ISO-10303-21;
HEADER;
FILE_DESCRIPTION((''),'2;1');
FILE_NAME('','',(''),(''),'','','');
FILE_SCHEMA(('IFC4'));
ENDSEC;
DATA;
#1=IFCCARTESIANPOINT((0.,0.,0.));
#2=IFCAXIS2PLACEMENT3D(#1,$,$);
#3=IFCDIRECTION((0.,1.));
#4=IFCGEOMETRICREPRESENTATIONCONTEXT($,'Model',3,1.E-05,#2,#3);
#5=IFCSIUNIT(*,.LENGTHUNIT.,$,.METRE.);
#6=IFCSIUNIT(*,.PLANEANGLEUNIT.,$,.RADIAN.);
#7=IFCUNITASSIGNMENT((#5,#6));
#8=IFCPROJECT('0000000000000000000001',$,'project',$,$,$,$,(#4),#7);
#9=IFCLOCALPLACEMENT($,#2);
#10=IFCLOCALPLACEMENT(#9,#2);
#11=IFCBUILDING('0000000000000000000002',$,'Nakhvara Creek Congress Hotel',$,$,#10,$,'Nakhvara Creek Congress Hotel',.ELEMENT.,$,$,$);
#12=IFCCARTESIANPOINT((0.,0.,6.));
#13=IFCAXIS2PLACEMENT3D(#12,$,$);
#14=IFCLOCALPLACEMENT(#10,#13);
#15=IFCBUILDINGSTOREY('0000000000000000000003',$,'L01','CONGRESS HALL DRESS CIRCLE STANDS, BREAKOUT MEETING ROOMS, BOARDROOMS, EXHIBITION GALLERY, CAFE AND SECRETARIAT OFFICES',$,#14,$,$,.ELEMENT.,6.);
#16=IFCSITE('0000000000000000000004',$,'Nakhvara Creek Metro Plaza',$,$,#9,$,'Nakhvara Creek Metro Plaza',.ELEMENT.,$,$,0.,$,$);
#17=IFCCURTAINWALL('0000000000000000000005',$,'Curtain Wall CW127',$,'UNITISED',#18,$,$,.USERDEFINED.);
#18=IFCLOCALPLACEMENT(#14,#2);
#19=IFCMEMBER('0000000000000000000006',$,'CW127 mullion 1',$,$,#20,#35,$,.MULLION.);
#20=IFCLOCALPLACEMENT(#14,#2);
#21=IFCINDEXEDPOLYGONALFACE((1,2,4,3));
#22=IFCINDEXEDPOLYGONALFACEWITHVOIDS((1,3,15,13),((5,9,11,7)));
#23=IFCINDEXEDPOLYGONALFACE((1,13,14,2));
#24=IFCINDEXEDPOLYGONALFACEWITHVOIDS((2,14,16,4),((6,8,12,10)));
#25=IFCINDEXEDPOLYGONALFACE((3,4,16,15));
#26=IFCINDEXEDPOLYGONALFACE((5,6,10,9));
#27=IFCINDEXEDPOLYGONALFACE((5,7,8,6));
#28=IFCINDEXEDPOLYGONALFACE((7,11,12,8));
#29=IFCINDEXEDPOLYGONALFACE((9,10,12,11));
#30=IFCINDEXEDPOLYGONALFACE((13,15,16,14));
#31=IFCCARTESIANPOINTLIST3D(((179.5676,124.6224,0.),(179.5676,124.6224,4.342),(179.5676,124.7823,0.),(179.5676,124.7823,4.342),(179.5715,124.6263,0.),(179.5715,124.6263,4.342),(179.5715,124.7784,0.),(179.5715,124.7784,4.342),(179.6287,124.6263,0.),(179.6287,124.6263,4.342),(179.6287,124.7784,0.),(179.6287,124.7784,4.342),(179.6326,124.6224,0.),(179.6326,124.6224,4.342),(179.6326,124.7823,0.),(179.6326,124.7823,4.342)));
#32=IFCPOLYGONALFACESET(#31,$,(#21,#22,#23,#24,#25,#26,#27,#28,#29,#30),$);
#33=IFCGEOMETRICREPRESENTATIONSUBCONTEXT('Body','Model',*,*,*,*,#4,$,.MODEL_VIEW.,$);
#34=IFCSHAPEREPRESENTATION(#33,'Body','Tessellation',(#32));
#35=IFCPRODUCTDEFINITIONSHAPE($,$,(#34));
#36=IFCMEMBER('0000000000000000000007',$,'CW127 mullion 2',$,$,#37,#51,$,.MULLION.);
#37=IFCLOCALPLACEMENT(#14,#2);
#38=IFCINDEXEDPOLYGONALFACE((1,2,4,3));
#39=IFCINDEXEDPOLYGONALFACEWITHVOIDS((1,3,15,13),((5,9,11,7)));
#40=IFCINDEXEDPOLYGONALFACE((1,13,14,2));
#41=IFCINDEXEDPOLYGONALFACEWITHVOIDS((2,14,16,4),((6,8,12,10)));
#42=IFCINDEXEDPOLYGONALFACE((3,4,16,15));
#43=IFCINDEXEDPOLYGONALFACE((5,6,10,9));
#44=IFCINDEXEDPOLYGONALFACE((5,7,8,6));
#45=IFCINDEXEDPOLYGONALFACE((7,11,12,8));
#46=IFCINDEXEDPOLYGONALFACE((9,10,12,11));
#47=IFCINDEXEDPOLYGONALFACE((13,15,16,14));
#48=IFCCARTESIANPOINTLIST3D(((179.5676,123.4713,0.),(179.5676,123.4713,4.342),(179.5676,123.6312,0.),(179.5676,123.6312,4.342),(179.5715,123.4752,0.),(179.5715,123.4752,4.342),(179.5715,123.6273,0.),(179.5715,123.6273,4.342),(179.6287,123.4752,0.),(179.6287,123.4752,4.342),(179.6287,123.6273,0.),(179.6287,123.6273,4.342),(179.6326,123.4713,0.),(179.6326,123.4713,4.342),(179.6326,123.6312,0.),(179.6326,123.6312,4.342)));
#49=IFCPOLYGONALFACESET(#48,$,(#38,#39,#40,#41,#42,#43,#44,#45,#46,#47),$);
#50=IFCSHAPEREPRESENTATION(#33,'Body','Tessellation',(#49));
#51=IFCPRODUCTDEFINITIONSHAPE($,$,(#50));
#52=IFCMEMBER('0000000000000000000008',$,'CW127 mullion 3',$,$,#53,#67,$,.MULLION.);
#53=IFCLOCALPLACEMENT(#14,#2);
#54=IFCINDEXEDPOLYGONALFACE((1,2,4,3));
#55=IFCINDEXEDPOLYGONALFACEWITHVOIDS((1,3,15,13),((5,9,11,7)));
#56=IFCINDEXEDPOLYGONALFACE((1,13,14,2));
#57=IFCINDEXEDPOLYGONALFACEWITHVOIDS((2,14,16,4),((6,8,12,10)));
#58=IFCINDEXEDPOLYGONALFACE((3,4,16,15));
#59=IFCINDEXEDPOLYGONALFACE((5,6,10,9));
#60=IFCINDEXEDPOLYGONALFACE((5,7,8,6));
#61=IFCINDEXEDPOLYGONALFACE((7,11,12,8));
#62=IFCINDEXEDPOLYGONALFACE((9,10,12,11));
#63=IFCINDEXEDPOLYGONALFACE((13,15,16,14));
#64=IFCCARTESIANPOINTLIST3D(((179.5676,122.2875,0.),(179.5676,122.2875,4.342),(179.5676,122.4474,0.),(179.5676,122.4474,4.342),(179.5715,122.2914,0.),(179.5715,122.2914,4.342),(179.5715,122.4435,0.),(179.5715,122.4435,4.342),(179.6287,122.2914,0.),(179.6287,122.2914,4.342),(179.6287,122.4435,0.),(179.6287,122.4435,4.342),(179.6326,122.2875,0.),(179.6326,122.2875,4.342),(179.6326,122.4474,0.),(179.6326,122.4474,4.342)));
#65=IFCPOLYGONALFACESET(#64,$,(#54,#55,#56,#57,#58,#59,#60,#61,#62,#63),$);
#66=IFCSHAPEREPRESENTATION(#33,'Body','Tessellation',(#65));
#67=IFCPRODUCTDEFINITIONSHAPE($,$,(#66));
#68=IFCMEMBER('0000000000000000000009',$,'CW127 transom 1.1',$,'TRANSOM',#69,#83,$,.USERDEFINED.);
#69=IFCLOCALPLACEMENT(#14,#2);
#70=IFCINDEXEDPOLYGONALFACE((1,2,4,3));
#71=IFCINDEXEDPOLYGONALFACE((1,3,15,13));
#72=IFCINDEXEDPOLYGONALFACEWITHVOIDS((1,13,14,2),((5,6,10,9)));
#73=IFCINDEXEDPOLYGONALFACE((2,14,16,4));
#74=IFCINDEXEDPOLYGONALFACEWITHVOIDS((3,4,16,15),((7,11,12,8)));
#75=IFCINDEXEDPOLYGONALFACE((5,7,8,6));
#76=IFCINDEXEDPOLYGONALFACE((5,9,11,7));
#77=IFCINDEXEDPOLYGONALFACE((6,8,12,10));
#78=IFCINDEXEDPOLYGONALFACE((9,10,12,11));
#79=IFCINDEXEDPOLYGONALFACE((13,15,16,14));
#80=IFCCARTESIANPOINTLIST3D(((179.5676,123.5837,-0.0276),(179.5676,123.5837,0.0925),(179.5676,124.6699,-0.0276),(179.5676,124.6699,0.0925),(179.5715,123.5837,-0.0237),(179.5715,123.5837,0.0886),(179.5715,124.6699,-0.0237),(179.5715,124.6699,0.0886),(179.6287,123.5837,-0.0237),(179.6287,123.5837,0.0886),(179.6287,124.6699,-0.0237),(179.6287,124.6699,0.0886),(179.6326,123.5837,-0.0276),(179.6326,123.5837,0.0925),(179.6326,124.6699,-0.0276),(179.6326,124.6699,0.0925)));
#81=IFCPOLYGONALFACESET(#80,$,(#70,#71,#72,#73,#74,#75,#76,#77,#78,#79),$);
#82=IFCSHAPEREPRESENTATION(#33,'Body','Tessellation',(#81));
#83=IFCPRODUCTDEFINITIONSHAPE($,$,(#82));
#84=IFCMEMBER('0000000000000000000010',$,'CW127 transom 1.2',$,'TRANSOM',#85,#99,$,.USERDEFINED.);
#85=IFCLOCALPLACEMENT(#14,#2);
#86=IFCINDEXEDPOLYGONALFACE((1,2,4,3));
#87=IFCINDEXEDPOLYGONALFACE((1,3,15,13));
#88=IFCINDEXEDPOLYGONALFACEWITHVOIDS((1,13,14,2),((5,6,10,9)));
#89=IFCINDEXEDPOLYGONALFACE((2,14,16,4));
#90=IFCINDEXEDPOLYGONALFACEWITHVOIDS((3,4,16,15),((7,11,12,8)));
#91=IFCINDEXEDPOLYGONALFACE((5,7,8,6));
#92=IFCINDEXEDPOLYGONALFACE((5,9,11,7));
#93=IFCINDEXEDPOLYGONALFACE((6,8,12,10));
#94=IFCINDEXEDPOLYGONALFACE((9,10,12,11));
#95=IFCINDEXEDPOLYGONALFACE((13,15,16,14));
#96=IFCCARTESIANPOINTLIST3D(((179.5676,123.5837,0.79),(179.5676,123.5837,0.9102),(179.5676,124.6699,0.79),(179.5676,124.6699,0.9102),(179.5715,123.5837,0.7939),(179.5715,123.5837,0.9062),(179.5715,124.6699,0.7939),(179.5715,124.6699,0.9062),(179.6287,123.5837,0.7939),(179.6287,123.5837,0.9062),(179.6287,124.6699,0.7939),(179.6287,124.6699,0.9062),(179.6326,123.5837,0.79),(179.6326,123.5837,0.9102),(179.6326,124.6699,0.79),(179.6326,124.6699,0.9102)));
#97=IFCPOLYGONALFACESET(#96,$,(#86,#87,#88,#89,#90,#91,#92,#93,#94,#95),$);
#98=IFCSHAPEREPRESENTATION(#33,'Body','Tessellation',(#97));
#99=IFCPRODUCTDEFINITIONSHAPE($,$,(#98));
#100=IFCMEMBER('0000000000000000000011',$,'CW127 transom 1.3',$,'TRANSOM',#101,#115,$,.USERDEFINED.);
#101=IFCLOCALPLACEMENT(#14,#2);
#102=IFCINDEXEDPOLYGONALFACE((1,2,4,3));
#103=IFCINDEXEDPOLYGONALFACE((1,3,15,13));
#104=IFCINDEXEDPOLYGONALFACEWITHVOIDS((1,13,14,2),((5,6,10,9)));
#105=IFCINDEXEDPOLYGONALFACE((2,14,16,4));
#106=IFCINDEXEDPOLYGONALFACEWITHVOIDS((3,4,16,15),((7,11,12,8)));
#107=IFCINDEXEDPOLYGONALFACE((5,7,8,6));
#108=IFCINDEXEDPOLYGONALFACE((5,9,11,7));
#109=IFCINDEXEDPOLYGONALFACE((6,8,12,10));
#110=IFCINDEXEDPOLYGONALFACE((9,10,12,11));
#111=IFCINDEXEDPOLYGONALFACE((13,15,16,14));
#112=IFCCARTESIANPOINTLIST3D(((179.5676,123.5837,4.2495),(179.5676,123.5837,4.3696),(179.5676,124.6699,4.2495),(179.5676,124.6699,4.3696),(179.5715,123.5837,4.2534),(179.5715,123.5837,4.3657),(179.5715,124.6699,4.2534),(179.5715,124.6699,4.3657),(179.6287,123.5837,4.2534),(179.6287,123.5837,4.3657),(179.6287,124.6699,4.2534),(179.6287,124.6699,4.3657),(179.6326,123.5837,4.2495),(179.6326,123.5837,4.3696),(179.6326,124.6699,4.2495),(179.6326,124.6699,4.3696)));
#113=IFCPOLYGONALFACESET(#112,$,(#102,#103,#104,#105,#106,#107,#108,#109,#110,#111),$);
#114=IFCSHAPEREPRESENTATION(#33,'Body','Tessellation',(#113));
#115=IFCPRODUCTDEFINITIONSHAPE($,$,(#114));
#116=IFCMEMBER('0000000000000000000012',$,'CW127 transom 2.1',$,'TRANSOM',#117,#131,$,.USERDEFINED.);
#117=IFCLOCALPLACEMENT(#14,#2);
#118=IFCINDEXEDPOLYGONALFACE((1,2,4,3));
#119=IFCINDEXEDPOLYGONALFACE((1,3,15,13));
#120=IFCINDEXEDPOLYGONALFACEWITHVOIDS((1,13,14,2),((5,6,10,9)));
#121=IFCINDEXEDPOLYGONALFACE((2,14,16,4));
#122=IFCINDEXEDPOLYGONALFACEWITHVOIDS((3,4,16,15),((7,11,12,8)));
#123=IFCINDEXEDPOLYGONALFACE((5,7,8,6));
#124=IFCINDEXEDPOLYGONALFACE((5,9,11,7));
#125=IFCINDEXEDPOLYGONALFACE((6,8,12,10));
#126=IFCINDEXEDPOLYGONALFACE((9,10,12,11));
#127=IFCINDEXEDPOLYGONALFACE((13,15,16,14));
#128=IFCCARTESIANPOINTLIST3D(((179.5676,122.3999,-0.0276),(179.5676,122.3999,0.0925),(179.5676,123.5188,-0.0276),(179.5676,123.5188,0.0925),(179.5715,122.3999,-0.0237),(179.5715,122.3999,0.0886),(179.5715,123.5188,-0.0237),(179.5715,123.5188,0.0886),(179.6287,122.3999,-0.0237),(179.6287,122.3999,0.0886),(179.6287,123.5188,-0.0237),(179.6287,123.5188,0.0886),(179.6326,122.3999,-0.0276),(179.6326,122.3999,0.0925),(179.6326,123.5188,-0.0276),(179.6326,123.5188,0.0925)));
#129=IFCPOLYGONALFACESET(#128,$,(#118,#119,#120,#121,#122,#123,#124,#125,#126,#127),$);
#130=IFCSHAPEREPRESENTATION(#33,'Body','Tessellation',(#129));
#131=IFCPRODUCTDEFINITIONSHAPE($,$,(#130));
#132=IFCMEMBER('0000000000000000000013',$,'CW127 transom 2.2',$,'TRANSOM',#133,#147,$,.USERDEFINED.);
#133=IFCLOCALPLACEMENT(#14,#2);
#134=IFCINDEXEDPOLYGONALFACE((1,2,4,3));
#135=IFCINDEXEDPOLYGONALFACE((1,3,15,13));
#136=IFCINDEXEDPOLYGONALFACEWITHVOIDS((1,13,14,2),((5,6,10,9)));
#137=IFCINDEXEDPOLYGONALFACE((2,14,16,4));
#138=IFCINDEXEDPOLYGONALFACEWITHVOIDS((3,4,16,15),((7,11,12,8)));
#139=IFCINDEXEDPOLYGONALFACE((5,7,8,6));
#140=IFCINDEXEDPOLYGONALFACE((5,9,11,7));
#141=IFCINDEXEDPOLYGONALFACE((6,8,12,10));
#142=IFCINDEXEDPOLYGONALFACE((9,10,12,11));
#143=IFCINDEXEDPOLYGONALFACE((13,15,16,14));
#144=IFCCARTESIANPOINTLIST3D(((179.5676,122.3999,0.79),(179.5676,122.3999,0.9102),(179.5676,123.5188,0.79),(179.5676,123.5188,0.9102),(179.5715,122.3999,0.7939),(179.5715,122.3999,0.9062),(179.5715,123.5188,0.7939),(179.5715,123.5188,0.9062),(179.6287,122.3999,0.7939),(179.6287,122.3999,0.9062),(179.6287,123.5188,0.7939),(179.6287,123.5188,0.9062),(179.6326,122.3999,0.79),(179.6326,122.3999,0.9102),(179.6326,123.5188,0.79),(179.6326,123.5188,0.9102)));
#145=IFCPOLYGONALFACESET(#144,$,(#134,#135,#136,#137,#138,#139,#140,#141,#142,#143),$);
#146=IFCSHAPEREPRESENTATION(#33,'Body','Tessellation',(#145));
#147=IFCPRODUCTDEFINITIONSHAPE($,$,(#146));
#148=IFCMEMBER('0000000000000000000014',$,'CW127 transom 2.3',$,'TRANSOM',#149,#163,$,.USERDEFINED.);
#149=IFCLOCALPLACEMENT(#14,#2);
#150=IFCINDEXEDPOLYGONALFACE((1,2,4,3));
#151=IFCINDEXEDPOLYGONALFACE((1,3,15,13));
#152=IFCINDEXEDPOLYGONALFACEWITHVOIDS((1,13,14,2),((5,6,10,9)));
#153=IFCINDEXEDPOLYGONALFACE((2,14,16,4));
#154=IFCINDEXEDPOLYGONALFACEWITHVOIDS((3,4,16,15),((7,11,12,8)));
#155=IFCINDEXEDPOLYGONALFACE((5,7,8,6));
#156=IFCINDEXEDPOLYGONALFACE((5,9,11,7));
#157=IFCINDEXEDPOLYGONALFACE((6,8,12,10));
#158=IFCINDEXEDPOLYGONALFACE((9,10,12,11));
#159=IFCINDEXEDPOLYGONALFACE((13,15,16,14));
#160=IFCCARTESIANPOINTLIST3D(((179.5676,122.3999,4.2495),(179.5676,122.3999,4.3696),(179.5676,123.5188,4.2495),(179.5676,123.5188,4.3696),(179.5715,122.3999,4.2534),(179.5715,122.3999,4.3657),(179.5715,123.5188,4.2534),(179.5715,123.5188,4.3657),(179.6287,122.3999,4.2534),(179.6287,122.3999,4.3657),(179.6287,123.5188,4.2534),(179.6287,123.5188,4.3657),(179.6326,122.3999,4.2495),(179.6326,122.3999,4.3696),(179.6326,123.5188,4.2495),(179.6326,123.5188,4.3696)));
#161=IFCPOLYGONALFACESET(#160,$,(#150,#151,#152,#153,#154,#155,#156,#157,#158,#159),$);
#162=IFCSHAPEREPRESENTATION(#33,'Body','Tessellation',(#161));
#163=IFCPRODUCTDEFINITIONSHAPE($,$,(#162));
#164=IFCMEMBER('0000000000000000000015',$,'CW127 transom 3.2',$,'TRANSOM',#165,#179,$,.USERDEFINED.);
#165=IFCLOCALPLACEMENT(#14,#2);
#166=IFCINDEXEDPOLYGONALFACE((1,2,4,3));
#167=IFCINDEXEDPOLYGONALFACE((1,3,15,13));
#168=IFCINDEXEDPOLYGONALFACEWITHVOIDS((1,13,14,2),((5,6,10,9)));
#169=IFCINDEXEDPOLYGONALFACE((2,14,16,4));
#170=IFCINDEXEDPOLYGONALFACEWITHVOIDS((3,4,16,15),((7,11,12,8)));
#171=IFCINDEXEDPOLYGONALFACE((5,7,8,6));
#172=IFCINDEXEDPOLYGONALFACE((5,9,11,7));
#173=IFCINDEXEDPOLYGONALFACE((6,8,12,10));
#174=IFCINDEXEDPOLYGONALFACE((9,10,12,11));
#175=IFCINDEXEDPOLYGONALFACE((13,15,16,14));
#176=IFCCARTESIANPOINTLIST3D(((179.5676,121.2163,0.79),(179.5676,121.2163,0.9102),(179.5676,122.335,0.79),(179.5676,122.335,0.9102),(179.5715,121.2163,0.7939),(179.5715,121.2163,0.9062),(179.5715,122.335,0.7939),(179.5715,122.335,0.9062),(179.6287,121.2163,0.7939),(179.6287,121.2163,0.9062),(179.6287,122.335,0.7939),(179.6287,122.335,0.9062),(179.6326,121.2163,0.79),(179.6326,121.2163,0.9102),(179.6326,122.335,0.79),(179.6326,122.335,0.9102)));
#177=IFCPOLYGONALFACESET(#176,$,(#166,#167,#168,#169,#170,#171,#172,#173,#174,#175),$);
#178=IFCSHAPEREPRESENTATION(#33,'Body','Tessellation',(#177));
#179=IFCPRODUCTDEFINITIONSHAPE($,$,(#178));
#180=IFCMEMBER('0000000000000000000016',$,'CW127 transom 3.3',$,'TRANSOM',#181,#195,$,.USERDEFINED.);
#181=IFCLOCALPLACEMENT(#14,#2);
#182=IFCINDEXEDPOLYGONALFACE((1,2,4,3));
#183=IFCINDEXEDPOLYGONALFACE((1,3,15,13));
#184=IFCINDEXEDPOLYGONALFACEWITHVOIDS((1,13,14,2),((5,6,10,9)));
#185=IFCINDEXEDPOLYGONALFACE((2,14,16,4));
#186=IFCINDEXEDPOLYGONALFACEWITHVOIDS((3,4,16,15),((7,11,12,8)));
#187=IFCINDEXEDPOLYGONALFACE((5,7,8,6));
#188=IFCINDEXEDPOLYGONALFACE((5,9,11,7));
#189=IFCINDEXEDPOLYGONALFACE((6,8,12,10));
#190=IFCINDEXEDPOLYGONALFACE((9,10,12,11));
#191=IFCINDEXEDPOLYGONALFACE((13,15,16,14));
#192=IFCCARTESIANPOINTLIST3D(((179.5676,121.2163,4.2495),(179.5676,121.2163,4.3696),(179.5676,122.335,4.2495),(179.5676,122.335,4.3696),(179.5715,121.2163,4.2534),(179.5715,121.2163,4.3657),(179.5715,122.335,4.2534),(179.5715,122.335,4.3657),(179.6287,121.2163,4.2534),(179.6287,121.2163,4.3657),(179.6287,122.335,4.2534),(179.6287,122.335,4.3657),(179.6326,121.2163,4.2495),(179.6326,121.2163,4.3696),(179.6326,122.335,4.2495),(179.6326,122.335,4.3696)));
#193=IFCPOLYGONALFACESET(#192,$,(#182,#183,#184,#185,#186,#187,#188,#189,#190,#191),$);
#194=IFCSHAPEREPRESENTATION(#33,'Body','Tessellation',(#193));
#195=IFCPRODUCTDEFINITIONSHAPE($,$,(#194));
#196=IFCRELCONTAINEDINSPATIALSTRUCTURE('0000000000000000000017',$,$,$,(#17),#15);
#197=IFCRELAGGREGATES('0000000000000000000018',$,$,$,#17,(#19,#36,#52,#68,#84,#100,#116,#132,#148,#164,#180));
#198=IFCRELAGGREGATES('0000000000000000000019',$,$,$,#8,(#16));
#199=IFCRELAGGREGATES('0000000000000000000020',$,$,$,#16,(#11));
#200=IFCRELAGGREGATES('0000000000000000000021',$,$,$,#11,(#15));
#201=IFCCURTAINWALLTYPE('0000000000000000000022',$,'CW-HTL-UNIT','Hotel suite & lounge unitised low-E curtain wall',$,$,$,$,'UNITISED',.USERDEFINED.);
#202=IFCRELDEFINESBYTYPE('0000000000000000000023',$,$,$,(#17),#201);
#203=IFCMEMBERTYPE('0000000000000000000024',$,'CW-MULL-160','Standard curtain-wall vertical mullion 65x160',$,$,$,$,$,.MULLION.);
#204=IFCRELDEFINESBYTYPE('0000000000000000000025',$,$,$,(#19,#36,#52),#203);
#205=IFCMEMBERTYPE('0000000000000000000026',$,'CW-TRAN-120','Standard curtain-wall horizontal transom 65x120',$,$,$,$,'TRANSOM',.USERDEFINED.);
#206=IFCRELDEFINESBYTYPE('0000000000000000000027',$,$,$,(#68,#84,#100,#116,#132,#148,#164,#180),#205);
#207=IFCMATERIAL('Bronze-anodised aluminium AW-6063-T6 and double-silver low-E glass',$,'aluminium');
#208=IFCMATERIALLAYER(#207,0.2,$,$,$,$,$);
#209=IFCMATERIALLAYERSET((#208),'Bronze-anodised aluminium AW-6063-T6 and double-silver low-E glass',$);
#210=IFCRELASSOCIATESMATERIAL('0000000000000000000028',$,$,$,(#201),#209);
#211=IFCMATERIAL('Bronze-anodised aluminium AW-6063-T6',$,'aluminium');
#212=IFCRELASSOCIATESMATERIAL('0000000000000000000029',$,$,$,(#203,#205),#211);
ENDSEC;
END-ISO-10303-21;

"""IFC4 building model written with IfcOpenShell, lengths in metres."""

from ifc_helpers import new_model, si_unit, direction, frame, origin, origin_2d, place, context, subcontext, project, spatial, hollow_rectangle, extrude, material, layer, layer_set, material_profile, profile_set, type_object, element, aggregate, save


model = new_model("IFC4")

# Units and contexts
model_context = context("Model", 3, precision=1e-05, world=origin(), true_north=direction((0.0, 1.0)))
body_context = subcontext(model_context, "Body", "Model", "MODEL_VIEW")
ifc_project = project(units=[si_unit("LENGTHUNIT", "METRE"), si_unit("PLANEANGLEUNIT", "RADIAN")], contexts=[model_context])

# Site, building, storey
site_placement = place(None, origin())
site = spatial("IfcSite", under=ifc_project, at=site_placement, Name="Nakhvara Creek Metro Plaza", LongName="Nakhvara Creek Metro Plaza", CompositionType="ELEMENT", RefElevation=0.0)
building_placement = place(site_placement, origin())
building = spatial("IfcBuilding", under=site, at=building_placement, Name="Nakhvara Creek Congress Hotel", LongName="Nakhvara Creek Congress Hotel", CompositionType="ELEMENT")
storey_placement = place(building_placement, frame((0.0, 0.0, 6.0)))
storey = spatial("IfcBuildingStorey", under=building, at=storey_placement, Name="L01", Description="CONGRESS HALL DRESS CIRCLE STANDS, BREAKOUT MEETING ROOMS, BOARDROOMS, EXHIBITION GALLERY, CAFE AND SECRETARIAT OFFICES", CompositionType="ELEMENT", Elevation=6.0)

# Curtain wall, members
ifc_material_1 = material(Name="Bronze-anodised aluminium AW-6063-T6 and double-silver low-E glass", Category="aluminium")
ifc_layer_1 = layer(ifc_material_1, 0.2)
ifc_layer_set_1 = layer_set([ifc_layer_1], Name="Bronze-anodised aluminium AW-6063-T6 and double-silver low-E glass")
curtain_wall_type = type_object("IfcCurtainWallType", Name="CW-HTL-UNIT", Description="Hotel suite & lounge unitised low-E curtain wall", ElementType="UNITISED", PredefinedType="USERDEFINED", material=ifc_layer_set_1)
curtain_wall_placement = place(storey_placement, origin())
curtain_wall = element("IfcCurtainWall", 1, at=curtain_wall_placement, inside=storey, type_object=curtain_wall_type, Name="Curtain Wall CW127", ObjectType="UNITISED", PredefinedType="USERDEFINED")
ifc_material_2 = material(Name="Bronze-anodised aluminium AW-6063-T6", Category="aluminium")
ifc_material_profile_1 = material_profile(ifc_material_2, hollow_rectangle(XDim=0.0649, YDim=0.1599, WallThickness=0.0039, at=origin_2d()), Name="ALU-MULL 65x160x4", Category="LoadBearing")
ifc_profile_set_1 = profile_set([ifc_material_profile_1], Name="Bronze-anodised aluminium AW-6063-T6")
member_type_1 = type_object("IfcMemberType", Name="CW-MULL-160", Description="Standard curtain-wall vertical mullion 65x160", PredefinedType="MULLION", material=ifc_profile_set_1)
member_1_placement = place(storey_placement, frame((179.6001, 124.7024, 0.0), z_axis=(0.0, 0.0, 1.0), x_axis=(1.0, 0.0, 0.0)))
member_1 = element("IfcMember", 2, at=member_1_placement, type_object=member_type_1, Name="CW127 mullion 1", PredefinedType="MULLION", context=body_context, shape_type="SweptSolid", body=[
    extrude(hollow_rectangle(XDim=0.0649, YDim=0.1599, WallThickness=0.0039, at=origin_2d()), origin(), (0.0, 0.0, 1.0), 4.342),
])
member_2_placement = place(storey_placement, frame((179.6001, 123.5513, 0.0), z_axis=(0.0, 0.0, 1.0), x_axis=(1.0, 0.0, 0.0)))
member_2 = element("IfcMember", 3, at=member_2_placement, type_object=member_type_1, Name="CW127 mullion 2", PredefinedType="MULLION", context=body_context, shape_type="SweptSolid", body=[
    extrude(hollow_rectangle(XDim=0.0649, YDim=0.1599, WallThickness=0.0039, at=origin_2d()), origin(), (0.0, 0.0, 1.0), 4.342),
])
member_3_placement = place(storey_placement, frame((179.6001, 122.3674, 0.0), z_axis=(0.0, 0.0, 1.0), x_axis=(1.0, 0.0, 0.0)))
member_3 = element("IfcMember", 4, at=member_3_placement, type_object=member_type_1, Name="CW127 mullion 3", PredefinedType="MULLION", context=body_context, shape_type="SweptSolid", body=[
    extrude(hollow_rectangle(XDim=0.0649, YDim=0.1599, WallThickness=0.0039, at=origin_2d()), origin(), (0.0, 0.0, 1.0), 4.342),
])
ifc_material_profile_2 = material_profile(ifc_material_2, hollow_rectangle(XDim=0.0649, YDim=0.1201, WallThickness=0.0039, at=origin_2d()), Name="ALU-TRAN 65x120x4", Category="LoadBearing")
ifc_profile_set_2 = profile_set([ifc_material_profile_2], Name="Bronze-anodised aluminium AW-6063-T6")
member_type_2 = type_object("IfcMemberType", Name="CW-TRAN-120", Description="Standard curtain-wall horizontal transom 65x120", ElementType="TRANSOM", PredefinedType="USERDEFINED", material=ifc_profile_set_2)
member_4_placement = place(storey_placement, frame((179.6001, 124.6699, 0.0325), z_axis=(0.0, -1.0, 0.0), x_axis=(1.0, 0.0, 0.0)))
member_4 = element("IfcMember", 5, at=member_4_placement, type_object=member_type_2, Name="CW127 transom 1.1", ObjectType="TRANSOM", PredefinedType="USERDEFINED", context=body_context, shape_type="SweptSolid", body=[
    extrude(hollow_rectangle(XDim=0.0649, YDim=0.1201, WallThickness=0.0039, at=origin_2d()), origin(), (0.0, 0.0, 1.0), 1.0862),
])
member_5_placement = place(storey_placement, frame((179.6001, 124.6699, 0.8501), z_axis=(0.0, -1.0, 0.0), x_axis=(1.0, 0.0, 0.0)))
member_5 = element("IfcMember", 6, at=member_5_placement, type_object=member_type_2, Name="CW127 transom 1.2", ObjectType="TRANSOM", PredefinedType="USERDEFINED", context=body_context, shape_type="SweptSolid", body=[
    extrude(hollow_rectangle(XDim=0.0649, YDim=0.1201, WallThickness=0.0039, at=origin_2d()), origin(), (0.0, 0.0, 1.0), 1.0862),
])
member_6_placement = place(storey_placement, frame((179.6001, 124.6699, 4.3096), z_axis=(0.0, -1.0, 0.0), x_axis=(1.0, 0.0, 0.0)))
member_6 = element("IfcMember", 7, at=member_6_placement, type_object=member_type_2, Name="CW127 transom 1.3", ObjectType="TRANSOM", PredefinedType="USERDEFINED", context=body_context, shape_type="SweptSolid", body=[
    extrude(hollow_rectangle(XDim=0.0649, YDim=0.1201, WallThickness=0.0039, at=origin_2d()), origin(), (0.0, 0.0, 1.0), 1.0862),
])
member_7_placement = place(storey_placement, frame((179.6001, 123.5188, 0.0325), z_axis=(0.0, -1.0, 0.0), x_axis=(1.0, 0.0, 0.0)))
member_7 = element("IfcMember", 8, at=member_7_placement, type_object=member_type_2, Name="CW127 transom 2.1", ObjectType="TRANSOM", PredefinedType="USERDEFINED", context=body_context, shape_type="SweptSolid", body=[
    extrude(hollow_rectangle(XDim=0.0649, YDim=0.1201, WallThickness=0.0039, at=origin_2d()), origin(), (0.0, 0.0, 1.0), 1.1189),
])
member_8_placement = place(storey_placement, frame((179.6001, 123.5188, 0.8501), z_axis=(0.0, -1.0, 0.0), x_axis=(1.0, 0.0, 0.0)))
member_8 = element("IfcMember", 9, at=member_8_placement, type_object=member_type_2, Name="CW127 transom 2.2", ObjectType="TRANSOM", PredefinedType="USERDEFINED", context=body_context, shape_type="SweptSolid", body=[
    extrude(hollow_rectangle(XDim=0.0649, YDim=0.1201, WallThickness=0.0039, at=origin_2d()), origin(), (0.0, 0.0, 1.0), 1.1189),
])
member_9_placement = place(storey_placement, frame((179.6001, 123.5188, 4.3096), z_axis=(0.0, -1.0, 0.0), x_axis=(1.0, 0.0, 0.0)))
member_9 = element("IfcMember", 10, at=member_9_placement, type_object=member_type_2, Name="CW127 transom 2.3", ObjectType="TRANSOM", PredefinedType="USERDEFINED", context=body_context, shape_type="SweptSolid", body=[
    extrude(hollow_rectangle(XDim=0.0649, YDim=0.1201, WallThickness=0.0039, at=origin_2d()), origin(), (0.0, 0.0, 1.0), 1.1189),
])
member_10_placement = place(storey_placement, frame((179.6001, 122.335, 0.8501), z_axis=(0.0, -1.0, 0.0), x_axis=(1.0, 0.0, 0.0)))
member_10 = element("IfcMember", 11, at=member_10_placement, type_object=member_type_2, Name="CW127 transom 3.2", ObjectType="TRANSOM", PredefinedType="USERDEFINED", context=body_context, shape_type="SweptSolid", body=[
    extrude(hollow_rectangle(XDim=0.0649, YDim=0.1201, WallThickness=0.0039, at=origin_2d()), origin(), (0.0, 0.0, 1.0), 1.1187),
])
member_11_placement = place(storey_placement, frame((179.6001, 122.335, 4.3096), z_axis=(0.0, -1.0, 0.0), x_axis=(1.0, 0.0, 0.0)))
member_11 = element("IfcMember", 12, at=member_11_placement, type_object=member_type_2, Name="CW127 transom 3.3", ObjectType="TRANSOM", PredefinedType="USERDEFINED", context=body_context, shape_type="SweptSolid", body=[
    extrude(hollow_rectangle(XDim=0.0649, YDim=0.1201, WallThickness=0.0039, at=origin_2d()), origin(), (0.0, 0.0, 1.0), 1.1187),
])
aggregate(curtain_wall, [member_1, member_2, member_3, member_4, member_5, member_6, member_7, member_8, member_9, member_10, member_11])

save(model, "model.ifc")
